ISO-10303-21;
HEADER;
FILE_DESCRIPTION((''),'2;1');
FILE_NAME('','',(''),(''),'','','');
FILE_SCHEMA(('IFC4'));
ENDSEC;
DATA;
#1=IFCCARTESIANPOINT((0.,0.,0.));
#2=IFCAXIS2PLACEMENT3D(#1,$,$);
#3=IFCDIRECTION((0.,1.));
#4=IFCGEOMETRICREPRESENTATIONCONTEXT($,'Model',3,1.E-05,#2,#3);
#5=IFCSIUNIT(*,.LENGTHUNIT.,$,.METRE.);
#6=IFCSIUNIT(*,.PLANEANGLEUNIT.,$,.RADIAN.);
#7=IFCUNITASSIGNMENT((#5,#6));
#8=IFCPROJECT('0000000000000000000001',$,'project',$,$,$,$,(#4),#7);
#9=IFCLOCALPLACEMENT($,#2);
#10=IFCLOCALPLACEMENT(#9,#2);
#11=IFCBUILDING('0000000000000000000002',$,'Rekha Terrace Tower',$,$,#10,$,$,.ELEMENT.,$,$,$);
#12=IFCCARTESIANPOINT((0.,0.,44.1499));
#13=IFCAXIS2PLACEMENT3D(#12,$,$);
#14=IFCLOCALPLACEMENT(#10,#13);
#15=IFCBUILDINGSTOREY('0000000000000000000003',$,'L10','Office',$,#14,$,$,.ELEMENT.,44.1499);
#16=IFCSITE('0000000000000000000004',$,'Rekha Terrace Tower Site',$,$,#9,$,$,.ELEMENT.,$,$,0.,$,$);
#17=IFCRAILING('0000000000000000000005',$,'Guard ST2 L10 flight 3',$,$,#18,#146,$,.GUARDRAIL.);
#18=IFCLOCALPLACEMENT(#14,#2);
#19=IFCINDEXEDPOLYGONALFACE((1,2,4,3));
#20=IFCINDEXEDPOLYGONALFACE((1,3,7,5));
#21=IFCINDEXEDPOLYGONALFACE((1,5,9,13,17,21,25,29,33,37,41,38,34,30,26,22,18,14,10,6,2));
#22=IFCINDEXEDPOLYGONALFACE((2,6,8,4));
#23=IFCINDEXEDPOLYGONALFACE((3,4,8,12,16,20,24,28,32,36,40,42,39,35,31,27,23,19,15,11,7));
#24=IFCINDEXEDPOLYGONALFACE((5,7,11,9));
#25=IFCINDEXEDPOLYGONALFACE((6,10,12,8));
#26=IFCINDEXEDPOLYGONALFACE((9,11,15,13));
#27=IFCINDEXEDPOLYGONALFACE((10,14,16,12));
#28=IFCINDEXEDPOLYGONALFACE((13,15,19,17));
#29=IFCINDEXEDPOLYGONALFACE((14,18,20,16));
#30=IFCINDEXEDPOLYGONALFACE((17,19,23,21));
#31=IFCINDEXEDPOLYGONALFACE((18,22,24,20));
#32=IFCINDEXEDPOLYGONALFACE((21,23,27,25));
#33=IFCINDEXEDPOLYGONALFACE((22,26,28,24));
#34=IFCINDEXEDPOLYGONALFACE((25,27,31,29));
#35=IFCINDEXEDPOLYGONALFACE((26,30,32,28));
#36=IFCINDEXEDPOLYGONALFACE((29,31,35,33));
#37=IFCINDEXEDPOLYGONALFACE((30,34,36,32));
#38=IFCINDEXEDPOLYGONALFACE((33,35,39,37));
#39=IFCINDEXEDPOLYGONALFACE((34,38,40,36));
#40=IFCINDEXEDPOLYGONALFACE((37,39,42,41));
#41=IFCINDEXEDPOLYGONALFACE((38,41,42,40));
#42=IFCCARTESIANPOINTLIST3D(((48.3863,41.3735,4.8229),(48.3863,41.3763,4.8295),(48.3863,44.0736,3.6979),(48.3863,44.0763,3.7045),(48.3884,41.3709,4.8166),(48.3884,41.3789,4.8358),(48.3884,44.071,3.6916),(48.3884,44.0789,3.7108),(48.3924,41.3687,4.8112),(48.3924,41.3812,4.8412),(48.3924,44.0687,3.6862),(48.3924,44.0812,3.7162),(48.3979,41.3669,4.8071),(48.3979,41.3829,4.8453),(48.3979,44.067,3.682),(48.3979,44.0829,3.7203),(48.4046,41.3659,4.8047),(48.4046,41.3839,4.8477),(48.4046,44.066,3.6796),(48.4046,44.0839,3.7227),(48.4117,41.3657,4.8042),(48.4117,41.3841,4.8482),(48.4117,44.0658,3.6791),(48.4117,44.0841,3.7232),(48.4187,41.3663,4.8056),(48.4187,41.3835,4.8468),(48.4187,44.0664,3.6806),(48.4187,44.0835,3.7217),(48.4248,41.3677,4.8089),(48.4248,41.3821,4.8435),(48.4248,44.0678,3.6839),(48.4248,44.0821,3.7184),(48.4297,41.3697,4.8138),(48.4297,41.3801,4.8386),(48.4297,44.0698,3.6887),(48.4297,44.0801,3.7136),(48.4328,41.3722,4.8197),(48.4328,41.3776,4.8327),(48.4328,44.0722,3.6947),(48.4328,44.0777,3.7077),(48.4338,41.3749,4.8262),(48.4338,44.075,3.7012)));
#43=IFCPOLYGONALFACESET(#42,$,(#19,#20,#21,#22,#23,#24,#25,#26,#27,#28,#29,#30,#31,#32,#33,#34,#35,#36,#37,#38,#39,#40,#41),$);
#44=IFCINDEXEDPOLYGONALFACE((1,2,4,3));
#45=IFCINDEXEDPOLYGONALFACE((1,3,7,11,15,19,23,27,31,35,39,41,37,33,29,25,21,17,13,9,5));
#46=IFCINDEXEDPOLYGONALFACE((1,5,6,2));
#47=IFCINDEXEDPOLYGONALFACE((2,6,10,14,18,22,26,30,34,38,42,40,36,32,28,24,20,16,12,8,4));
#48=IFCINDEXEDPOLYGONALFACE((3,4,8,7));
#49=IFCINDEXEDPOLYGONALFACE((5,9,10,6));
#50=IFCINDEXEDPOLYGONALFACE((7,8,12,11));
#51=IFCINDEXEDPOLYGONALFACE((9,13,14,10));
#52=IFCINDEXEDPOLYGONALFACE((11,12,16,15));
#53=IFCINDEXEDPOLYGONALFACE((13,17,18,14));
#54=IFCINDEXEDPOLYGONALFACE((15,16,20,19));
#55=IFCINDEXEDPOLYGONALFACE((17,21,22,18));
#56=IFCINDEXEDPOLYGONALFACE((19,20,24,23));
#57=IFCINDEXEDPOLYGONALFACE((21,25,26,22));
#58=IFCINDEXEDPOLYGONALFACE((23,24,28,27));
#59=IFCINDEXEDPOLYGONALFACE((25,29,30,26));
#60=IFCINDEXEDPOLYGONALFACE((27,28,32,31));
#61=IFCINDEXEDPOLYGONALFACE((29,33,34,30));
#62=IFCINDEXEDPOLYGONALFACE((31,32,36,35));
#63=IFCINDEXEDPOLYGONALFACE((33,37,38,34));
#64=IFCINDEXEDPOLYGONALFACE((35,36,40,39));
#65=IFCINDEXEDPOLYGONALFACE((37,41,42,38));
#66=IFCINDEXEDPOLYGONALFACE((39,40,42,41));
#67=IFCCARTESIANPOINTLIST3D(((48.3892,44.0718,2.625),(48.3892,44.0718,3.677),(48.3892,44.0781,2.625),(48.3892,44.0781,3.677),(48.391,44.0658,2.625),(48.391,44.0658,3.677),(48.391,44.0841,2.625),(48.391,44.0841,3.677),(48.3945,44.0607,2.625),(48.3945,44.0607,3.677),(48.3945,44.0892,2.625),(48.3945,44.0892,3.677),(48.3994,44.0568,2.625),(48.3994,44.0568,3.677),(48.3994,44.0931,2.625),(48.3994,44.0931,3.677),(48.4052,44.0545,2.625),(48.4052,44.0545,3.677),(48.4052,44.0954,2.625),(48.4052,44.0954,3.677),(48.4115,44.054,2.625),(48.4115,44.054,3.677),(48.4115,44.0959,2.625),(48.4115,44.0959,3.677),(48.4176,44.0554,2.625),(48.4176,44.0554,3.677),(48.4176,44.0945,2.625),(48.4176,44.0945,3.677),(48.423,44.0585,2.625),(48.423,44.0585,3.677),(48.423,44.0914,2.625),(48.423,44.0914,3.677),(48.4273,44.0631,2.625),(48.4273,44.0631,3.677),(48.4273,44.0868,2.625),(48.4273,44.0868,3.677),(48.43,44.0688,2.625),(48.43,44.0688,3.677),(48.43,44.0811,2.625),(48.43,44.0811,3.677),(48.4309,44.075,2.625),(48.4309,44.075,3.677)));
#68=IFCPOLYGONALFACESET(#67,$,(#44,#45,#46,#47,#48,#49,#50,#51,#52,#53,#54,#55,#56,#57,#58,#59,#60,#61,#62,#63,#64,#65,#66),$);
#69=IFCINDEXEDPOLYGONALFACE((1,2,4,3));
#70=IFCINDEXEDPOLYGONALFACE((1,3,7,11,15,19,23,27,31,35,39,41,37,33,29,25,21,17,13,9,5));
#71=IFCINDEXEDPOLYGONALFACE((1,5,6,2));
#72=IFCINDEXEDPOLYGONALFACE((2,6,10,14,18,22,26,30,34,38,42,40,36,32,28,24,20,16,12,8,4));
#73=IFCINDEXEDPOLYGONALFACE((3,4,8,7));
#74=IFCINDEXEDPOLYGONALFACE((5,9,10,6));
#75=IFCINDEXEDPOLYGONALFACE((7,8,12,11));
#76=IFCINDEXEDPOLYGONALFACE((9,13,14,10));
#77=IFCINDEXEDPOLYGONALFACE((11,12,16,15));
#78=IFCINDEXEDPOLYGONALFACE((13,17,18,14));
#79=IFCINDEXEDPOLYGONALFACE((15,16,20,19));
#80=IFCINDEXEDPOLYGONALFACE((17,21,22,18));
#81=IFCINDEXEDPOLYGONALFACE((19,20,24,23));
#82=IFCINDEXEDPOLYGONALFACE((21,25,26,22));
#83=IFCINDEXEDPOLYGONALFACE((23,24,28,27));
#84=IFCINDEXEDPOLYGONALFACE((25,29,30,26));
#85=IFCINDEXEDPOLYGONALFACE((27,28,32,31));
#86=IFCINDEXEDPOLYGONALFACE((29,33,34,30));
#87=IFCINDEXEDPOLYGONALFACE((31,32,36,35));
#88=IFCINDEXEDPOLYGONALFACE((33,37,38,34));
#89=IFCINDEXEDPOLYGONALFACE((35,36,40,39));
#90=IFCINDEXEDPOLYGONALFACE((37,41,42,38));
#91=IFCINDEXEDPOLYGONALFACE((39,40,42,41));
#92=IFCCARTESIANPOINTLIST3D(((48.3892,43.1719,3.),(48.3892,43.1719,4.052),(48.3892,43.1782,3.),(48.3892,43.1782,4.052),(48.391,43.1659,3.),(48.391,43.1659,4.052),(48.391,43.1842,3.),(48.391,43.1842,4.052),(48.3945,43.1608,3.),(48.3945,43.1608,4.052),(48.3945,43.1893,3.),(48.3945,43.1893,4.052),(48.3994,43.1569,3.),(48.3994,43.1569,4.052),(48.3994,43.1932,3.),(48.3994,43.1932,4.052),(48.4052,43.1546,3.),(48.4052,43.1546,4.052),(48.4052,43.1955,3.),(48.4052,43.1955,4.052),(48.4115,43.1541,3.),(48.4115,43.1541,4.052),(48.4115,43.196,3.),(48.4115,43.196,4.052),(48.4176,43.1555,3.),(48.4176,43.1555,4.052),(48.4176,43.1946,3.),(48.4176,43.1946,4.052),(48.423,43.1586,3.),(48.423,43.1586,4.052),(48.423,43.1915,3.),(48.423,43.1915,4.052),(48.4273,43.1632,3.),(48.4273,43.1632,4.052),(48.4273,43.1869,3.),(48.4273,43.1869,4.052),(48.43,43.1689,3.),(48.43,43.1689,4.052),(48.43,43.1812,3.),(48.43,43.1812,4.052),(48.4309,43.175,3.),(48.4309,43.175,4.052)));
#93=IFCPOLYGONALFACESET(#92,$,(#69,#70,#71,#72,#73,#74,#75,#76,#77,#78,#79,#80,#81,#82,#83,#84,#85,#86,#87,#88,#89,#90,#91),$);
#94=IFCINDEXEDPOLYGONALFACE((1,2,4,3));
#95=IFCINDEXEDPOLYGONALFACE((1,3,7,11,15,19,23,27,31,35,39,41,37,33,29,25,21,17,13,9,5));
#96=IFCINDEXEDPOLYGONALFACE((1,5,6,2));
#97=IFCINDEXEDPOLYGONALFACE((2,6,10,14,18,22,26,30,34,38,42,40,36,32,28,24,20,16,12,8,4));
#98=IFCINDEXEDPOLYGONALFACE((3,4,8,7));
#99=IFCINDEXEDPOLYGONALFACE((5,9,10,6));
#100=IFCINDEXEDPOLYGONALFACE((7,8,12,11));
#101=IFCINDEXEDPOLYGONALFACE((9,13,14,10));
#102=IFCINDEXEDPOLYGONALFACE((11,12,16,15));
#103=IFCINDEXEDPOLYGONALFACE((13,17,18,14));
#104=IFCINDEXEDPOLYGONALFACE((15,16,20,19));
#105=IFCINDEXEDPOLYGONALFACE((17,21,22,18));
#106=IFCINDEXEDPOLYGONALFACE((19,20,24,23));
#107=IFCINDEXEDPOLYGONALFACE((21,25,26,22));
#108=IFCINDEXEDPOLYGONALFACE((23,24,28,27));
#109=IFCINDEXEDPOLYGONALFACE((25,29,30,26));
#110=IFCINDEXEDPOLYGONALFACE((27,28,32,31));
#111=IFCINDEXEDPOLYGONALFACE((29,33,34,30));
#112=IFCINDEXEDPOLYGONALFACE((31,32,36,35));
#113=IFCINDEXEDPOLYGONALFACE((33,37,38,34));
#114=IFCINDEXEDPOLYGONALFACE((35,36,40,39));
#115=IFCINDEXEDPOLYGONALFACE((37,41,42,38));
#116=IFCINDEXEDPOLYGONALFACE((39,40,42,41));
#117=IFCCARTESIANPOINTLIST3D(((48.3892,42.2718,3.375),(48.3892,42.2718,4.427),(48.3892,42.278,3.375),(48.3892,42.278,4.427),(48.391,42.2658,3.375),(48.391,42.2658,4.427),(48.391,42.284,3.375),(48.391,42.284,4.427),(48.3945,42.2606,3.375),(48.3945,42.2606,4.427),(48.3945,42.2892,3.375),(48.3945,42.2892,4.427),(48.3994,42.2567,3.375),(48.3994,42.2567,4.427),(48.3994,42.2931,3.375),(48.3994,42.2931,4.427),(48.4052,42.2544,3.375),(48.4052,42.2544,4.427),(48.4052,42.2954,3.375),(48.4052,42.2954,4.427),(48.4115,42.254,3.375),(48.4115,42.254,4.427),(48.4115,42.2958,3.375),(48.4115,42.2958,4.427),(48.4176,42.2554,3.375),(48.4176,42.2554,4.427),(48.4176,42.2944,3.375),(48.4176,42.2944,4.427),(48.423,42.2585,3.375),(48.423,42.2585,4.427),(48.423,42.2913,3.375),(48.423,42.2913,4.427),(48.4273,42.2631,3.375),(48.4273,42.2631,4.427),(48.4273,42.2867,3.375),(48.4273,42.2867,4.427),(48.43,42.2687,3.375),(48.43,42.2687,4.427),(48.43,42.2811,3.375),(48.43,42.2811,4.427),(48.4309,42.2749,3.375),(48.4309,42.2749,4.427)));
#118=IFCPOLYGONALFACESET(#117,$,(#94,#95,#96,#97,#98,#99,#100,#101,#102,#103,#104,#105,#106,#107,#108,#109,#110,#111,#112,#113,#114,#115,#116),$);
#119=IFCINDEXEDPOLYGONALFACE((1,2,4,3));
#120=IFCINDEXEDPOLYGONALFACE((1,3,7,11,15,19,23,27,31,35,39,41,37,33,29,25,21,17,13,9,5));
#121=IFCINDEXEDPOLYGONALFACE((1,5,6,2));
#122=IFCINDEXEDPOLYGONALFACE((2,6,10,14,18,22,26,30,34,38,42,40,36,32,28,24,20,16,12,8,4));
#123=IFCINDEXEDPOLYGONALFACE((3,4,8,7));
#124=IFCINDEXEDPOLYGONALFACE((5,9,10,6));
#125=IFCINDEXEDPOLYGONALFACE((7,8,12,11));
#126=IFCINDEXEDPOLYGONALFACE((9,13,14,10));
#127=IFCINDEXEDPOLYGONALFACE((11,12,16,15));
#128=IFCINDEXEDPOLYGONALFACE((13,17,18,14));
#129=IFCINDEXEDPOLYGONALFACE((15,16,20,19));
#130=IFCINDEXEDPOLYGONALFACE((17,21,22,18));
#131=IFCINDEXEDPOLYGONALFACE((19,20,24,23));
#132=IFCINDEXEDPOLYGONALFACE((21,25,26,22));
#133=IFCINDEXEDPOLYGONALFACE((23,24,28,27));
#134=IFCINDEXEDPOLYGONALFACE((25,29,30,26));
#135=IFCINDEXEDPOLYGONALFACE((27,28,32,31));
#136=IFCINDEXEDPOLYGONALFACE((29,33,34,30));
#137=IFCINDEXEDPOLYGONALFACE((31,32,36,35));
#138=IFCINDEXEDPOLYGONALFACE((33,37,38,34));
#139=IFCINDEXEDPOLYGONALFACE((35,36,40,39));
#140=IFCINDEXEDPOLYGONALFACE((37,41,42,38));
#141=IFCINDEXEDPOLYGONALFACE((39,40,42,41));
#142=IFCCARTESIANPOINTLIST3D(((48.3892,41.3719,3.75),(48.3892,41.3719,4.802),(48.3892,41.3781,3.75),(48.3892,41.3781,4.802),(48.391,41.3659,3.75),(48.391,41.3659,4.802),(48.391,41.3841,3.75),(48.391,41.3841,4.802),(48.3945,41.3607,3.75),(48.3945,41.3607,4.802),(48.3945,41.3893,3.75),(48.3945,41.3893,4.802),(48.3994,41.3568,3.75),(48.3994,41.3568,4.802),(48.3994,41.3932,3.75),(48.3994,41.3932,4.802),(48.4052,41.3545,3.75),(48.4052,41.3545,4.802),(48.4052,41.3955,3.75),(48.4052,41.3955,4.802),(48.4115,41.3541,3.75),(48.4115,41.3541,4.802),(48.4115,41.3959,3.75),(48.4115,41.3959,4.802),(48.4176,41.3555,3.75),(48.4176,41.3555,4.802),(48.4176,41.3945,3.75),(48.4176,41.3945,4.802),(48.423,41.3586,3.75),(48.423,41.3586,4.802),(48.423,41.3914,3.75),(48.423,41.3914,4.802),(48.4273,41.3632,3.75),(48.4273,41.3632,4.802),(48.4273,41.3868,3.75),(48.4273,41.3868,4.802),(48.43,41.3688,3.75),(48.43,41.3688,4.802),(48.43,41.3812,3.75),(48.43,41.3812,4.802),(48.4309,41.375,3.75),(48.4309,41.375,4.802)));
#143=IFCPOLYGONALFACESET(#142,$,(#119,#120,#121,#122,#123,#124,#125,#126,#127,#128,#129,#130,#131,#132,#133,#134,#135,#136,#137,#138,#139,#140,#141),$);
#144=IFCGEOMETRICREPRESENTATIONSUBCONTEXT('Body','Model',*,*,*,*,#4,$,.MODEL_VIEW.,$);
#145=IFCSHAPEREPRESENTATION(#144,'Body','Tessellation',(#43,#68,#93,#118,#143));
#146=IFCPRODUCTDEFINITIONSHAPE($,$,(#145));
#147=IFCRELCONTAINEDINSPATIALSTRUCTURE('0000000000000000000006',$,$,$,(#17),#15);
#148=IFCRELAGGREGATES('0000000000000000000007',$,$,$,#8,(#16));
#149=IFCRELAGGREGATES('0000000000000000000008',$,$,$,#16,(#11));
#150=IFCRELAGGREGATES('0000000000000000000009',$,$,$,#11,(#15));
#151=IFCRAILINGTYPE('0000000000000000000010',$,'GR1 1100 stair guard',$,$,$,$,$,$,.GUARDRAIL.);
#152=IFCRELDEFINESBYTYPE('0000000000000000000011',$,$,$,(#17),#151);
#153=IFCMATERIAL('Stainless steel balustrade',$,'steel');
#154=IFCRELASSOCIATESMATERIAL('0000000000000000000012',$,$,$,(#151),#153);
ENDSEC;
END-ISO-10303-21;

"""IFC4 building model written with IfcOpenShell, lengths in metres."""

from ifc_helpers import new_model, si_unit, direction, frame, origin, origin_2d, place, context, subcontext, project, spatial, circle, extrude, material, type_object, element, save


model = new_model("IFC4")

# Units and contexts
model_context = context("Model", 3, precision=1e-05, world=origin(), true_north=direction((0.0, 1.0)))
body_context = subcontext(model_context, "Body", "Model", "MODEL_VIEW")
ifc_project = project(units=[si_unit("LENGTHUNIT", "METRE"), si_unit("PLANEANGLEUNIT", "RADIAN")], contexts=[model_context])

# Site, building, storey
site_placement = place(None, origin())
site = spatial("IfcSite", under=ifc_project, at=site_placement, Name="Rekha Terrace Tower Site", CompositionType="ELEMENT", RefElevation=0.0)
building_placement = place(site_placement, origin())
building = spatial("IfcBuilding", under=site, at=building_placement, Name="Rekha Terrace Tower", CompositionType="ELEMENT")
storey_placement = place(building_placement, frame((0.0, 0.0, 44.1499)))
storey = spatial("IfcBuildingStorey", under=building, at=storey_placement, Name="L10", Description="Office", CompositionType="ELEMENT", Elevation=44.1499)

# Railing
ifc_material_1 = material(Name="Stainless steel balustrade", Category="steel")
railing_type_1 = type_object("IfcRailingType", Name="GR1 1100 stair guard", PredefinedType="GUARDRAIL", material=ifc_material_1)
railing_1_placement = place(storey_placement, frame((48.4099, 44.075, 2.625)))
element("IfcRailing", 1, at=railing_1_placement, inside=storey, type_object=railing_type_1, Name="Guard ST2 L10 flight 3", PredefinedType="GUARDRAIL", context=body_context, shape_type="SweptSolid", body=[
    extrude(circle(Radius=0.0239, at=origin_2d()), frame((0.0, 0.0, 1.0762), z_axis=(0.0, -0.923074, 0.384621), x_axis=(1.0, 0.0, 0.0)), (0.0, 0.0, 1.0), 2.925),
    extrude(circle(Radius=0.021, at=origin_2d()), origin(), (0.0, 0.0, 1.0), 1.052),
    extrude(circle(Radius=0.021, at=origin_2d()), frame((0.0, -0.8999, 0.375)), (0.0, 0.0, 1.0), 1.052),
    extrude(circle(Radius=0.021, at=origin_2d()), frame((0.0, -1.8, 0.75)), (0.0, 0.0, 1.0), 1.052),
    extrude(circle(Radius=0.021, at=origin_2d()), frame((0.0, -2.7, 1.125)), (0.0, 0.0, 1.0), 1.052),
])

save(model, "model.ifc")
